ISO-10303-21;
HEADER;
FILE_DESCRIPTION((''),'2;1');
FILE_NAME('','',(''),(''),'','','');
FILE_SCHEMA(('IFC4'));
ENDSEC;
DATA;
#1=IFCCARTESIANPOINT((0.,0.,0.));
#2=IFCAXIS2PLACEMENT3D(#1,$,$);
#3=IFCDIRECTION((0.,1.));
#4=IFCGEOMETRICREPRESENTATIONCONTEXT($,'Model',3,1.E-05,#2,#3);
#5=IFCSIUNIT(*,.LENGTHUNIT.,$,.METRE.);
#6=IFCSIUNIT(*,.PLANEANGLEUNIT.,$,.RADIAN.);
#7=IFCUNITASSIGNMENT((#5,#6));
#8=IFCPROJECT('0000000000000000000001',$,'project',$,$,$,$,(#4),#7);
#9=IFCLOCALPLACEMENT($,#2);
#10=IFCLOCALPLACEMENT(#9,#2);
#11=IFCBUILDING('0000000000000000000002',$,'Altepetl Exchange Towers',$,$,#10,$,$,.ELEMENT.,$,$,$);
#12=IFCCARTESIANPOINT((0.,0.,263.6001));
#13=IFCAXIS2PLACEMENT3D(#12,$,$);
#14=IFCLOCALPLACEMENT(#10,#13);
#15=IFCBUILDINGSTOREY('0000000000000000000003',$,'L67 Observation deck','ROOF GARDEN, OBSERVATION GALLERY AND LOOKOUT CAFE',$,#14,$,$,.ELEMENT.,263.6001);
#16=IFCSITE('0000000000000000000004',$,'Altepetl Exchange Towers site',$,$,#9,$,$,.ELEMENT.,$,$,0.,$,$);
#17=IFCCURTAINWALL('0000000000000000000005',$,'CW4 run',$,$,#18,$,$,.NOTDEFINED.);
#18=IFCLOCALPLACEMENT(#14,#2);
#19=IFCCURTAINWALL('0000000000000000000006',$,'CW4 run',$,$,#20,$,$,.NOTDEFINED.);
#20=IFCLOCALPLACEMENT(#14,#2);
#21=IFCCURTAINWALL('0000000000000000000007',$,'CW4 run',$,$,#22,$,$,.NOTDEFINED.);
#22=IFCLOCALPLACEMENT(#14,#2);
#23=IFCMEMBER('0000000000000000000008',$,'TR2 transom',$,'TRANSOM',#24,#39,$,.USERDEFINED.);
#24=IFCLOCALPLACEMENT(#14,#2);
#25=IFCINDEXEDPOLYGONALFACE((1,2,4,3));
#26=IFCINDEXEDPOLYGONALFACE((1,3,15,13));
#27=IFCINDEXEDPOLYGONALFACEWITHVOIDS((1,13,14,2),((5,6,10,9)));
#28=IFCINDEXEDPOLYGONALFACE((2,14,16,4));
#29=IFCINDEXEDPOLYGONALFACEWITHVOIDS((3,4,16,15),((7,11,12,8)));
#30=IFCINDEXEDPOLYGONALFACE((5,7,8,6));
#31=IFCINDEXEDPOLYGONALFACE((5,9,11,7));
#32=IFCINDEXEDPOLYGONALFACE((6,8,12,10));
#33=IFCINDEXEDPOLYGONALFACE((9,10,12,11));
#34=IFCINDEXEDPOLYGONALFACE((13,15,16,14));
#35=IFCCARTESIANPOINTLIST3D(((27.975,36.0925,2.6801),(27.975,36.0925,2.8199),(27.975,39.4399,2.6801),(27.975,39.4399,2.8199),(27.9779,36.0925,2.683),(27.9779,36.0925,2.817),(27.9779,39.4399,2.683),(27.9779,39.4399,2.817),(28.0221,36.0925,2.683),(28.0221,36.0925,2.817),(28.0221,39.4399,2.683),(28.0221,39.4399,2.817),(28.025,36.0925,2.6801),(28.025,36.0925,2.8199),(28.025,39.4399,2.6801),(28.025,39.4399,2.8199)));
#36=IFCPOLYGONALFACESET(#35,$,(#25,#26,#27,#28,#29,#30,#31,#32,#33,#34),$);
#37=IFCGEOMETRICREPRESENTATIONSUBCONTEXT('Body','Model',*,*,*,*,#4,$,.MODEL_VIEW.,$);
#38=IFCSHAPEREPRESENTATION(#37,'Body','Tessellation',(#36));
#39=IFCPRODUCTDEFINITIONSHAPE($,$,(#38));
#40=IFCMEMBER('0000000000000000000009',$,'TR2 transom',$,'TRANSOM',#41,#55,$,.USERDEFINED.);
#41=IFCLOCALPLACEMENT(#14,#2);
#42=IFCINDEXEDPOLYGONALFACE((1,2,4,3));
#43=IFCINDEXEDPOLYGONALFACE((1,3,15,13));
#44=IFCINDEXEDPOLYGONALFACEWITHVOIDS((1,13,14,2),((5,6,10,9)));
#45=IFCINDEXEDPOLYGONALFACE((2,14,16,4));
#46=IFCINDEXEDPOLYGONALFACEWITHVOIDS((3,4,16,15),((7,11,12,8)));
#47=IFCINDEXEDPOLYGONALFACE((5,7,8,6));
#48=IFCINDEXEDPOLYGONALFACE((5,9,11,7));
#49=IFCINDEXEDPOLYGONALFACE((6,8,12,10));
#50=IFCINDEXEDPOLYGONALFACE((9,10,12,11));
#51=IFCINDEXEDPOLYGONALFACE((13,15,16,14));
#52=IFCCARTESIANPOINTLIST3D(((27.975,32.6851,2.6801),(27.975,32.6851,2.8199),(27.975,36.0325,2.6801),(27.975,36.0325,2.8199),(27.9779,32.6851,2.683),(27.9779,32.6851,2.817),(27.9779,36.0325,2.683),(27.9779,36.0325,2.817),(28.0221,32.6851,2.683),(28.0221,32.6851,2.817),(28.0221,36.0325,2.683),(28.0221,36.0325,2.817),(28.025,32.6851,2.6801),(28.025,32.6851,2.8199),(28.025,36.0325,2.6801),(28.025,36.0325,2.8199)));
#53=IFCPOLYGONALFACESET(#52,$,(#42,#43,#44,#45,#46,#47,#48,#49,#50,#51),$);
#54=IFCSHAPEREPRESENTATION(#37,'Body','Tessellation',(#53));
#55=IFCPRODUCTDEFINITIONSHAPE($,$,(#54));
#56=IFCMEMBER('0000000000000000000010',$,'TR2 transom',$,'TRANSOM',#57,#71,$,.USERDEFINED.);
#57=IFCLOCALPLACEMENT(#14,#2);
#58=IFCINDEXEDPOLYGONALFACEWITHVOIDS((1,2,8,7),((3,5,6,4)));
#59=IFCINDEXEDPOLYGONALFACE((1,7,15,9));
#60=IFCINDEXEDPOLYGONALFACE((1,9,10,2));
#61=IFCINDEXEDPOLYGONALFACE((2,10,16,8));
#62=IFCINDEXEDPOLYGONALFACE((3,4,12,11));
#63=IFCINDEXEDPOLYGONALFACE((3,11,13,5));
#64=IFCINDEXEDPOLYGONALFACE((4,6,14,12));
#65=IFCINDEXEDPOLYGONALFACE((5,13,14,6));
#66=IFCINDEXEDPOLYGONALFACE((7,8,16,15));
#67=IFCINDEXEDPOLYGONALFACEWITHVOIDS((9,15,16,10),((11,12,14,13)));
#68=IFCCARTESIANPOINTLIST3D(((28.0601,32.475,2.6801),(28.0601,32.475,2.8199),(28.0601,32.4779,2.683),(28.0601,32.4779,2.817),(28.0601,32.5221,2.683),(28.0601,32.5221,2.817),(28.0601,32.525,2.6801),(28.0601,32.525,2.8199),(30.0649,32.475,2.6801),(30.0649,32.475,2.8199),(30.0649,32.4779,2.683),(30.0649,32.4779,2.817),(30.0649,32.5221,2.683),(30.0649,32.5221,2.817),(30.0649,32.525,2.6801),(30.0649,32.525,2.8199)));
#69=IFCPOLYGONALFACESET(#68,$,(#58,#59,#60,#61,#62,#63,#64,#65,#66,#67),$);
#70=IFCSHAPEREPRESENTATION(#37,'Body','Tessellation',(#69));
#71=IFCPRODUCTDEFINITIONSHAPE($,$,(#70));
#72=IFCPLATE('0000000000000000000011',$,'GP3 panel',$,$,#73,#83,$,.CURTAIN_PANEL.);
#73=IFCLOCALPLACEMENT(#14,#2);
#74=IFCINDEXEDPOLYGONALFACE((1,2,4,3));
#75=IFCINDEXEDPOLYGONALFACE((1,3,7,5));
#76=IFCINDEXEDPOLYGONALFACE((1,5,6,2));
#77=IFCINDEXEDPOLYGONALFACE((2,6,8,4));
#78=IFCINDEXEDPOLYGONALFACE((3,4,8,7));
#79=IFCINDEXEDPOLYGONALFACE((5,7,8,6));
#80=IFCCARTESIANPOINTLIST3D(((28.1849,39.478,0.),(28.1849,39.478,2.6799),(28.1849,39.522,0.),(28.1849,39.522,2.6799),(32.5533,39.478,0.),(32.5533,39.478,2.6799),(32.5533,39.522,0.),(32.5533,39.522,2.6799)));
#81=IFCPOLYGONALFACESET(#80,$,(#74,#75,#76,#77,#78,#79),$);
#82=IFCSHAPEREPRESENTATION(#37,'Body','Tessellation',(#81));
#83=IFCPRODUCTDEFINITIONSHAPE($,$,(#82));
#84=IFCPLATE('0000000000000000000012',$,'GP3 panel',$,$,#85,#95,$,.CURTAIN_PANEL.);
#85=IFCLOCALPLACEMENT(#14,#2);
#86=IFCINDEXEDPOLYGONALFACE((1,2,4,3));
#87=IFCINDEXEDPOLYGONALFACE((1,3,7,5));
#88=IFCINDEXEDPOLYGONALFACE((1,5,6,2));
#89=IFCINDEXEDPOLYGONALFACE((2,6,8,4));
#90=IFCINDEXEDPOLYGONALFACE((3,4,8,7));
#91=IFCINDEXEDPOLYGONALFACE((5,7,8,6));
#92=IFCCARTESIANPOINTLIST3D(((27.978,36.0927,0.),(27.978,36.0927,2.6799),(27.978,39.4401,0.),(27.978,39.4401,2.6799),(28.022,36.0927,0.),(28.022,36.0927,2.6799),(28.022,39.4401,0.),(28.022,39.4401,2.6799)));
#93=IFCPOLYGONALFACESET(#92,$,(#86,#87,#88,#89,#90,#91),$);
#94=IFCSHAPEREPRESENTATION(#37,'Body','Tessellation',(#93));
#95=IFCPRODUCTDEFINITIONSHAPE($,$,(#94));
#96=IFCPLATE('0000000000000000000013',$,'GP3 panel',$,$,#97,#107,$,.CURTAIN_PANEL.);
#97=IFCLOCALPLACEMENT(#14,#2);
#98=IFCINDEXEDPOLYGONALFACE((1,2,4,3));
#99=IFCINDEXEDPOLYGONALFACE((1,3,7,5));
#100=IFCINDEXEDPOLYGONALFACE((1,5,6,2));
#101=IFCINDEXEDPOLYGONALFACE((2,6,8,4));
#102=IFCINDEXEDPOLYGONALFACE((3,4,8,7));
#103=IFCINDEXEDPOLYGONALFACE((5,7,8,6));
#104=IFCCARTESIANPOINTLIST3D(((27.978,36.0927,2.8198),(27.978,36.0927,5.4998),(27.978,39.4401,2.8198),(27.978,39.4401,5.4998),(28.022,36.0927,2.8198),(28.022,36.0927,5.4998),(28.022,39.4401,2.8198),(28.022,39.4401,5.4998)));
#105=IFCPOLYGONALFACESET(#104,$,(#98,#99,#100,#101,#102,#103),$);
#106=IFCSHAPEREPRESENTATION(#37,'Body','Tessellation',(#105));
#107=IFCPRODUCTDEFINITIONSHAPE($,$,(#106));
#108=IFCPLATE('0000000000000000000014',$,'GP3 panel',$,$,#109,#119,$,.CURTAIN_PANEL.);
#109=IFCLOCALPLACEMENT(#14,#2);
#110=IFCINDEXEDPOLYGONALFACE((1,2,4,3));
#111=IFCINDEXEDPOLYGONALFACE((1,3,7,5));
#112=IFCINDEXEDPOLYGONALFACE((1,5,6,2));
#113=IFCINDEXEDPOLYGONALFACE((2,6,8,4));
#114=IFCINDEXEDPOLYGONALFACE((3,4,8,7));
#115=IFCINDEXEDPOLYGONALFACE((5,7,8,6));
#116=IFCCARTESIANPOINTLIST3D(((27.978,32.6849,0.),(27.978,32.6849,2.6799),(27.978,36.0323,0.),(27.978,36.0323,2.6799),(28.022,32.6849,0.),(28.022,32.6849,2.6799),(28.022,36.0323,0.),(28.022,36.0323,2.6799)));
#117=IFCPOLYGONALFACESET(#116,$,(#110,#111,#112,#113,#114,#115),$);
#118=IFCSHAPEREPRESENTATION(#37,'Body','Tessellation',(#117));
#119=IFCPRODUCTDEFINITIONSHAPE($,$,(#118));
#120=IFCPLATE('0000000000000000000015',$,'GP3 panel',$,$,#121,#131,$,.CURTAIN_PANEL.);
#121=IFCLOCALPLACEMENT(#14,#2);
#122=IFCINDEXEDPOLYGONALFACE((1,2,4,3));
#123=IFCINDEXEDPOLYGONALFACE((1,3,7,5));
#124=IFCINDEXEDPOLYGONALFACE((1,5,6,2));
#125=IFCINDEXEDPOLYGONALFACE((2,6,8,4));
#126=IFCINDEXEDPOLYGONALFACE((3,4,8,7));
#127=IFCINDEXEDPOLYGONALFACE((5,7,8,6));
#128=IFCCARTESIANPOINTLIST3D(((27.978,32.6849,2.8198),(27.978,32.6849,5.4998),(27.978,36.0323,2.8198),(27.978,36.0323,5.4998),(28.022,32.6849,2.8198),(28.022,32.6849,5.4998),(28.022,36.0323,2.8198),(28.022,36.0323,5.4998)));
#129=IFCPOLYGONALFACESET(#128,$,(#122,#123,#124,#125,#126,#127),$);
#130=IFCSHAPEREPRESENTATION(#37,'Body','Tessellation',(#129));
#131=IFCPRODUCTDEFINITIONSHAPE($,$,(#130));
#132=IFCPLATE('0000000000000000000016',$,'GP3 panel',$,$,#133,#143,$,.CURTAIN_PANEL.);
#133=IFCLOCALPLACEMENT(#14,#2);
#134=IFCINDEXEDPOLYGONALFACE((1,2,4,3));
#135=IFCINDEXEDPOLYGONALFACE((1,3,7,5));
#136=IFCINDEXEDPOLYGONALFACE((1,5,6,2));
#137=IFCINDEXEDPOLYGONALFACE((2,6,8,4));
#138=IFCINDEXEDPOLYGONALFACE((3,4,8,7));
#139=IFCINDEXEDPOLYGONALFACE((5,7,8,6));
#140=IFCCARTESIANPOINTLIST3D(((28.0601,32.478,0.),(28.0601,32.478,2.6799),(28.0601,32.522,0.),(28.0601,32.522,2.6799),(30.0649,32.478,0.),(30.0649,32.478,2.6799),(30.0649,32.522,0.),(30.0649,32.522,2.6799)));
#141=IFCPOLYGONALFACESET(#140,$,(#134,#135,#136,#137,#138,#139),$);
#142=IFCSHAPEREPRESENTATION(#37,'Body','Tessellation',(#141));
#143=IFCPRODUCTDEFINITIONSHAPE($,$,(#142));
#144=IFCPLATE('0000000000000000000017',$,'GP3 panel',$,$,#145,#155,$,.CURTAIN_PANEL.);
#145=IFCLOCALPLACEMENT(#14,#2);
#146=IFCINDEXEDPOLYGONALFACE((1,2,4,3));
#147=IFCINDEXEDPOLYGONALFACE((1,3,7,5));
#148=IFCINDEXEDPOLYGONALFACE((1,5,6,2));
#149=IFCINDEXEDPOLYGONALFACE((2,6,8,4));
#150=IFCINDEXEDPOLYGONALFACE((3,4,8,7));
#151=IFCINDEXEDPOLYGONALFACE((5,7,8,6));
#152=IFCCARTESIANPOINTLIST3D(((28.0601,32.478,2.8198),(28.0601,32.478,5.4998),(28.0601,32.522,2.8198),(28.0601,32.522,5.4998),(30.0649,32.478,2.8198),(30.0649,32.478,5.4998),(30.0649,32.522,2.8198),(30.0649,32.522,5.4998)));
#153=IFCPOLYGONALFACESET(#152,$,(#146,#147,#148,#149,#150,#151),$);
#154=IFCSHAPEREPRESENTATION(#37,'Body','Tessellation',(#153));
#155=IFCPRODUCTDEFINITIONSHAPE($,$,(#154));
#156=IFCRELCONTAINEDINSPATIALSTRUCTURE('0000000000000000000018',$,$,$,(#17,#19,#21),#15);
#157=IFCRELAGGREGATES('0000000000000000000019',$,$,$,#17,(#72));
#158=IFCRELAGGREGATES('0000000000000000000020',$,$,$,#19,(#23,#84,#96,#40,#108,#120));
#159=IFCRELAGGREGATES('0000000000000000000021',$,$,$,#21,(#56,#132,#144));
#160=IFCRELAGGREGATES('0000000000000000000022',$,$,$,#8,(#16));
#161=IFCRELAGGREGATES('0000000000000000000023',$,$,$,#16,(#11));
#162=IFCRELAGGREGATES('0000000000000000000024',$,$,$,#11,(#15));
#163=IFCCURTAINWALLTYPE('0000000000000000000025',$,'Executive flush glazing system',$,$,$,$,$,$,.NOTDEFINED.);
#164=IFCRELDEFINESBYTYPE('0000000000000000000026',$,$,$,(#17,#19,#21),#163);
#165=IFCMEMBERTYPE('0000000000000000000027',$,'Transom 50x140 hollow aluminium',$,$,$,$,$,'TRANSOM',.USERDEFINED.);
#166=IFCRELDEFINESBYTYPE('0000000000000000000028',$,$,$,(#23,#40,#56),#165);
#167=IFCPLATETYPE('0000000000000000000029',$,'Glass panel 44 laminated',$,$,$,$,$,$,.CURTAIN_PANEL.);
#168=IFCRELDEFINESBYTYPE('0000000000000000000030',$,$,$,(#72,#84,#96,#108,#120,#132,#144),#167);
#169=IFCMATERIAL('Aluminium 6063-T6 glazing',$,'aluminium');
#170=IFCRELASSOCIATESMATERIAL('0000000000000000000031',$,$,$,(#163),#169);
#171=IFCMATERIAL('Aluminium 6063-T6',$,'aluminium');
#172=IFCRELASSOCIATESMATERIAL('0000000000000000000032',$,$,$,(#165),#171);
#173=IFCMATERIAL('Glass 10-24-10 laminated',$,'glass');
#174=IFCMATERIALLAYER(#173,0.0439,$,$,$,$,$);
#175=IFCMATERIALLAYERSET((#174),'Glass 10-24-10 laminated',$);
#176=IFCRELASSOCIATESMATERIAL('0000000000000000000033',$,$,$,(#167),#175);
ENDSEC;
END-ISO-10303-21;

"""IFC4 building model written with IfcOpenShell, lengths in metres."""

from ifc_helpers import new_model, si_unit, direction, frame, origin, origin_2d, place, context, subcontext, project, spatial, rectangle, hollow_rectangle, extrude, material, layer, layer_set, material_profile, profile_set, type_object, element, aggregate, save


model = new_model("IFC4")

# Units and contexts
model_context = context("Model", 3, precision=1e-05, world=origin(), true_north=direction((0.0, 1.0)))
body_context = subcontext(model_context, "Body", "Model", "MODEL_VIEW")
ifc_project = project(units=[si_unit("LENGTHUNIT", "METRE"), si_unit("PLANEANGLEUNIT", "RADIAN")], contexts=[model_context])

# Site, building, storey
site_placement = place(None, origin())
site = spatial("IfcSite", under=ifc_project, at=site_placement, Name="Altepetl Exchange Towers site", CompositionType="ELEMENT", RefElevation=0.0)
building_placement = place(site_placement, origin())
building = spatial("IfcBuilding", under=site, at=building_placement, Name="Altepetl Exchange Towers", CompositionType="ELEMENT")
storey_placement = place(building_placement, frame((0.0, 0.0, 263.6001)))
storey = spatial("IfcBuildingStorey", under=building, at=storey_placement, Name="L67 Observation deck", Description="ROOF GARDEN, OBSERVATION GALLERY AND LOOKOUT CAFE", CompositionType="ELEMENT", Elevation=263.6001)

# Curtain wall
ifc_material_1 = material(Name="Aluminium 6063-T6 glazing", Category="aluminium")
curtain_wall_type = type_object("IfcCurtainWallType", Name="Executive flush glazing system", PredefinedType="NOTDEFINED", material=ifc_material_1)
curtain_wall_1_placement = place(storey_placement, origin())
curtain_wall_1 = element("IfcCurtainWall", 1, at=curtain_wall_1_placement, inside=storey, type_object=curtain_wall_type, Name="CW4 run", PredefinedType="NOTDEFINED")
ifc_material_2 = material(Name="Aluminium 6063-T6", Category="aluminium")

# Curtain walls
curtain_wall_2_placement = place(storey_placement, origin())
curtain_wall_2 = element("IfcCurtainWall", 2, at=curtain_wall_2_placement, inside=storey, type_object=curtain_wall_type, Name="CW4 run", PredefinedType="NOTDEFINED")
curtain_wall_3_placement = place(storey_placement, origin())
curtain_wall_3 = element("IfcCurtainWall", 3, at=curtain_wall_3_placement, inside=storey, type_object=curtain_wall_type, Name="CW4 run", PredefinedType="NOTDEFINED")

# Members
ifc_material_profile_1 = material_profile(ifc_material_2, hollow_rectangle(XDim=0.05, YDim=0.1399, WallThickness=0.0029, at=origin_2d()), Name="Transom 50x140 hollow aluminium")
ifc_profile_set_1 = profile_set([ifc_material_profile_1], Name="Aluminium 6063-T6")
member_type_1 = type_object("IfcMemberType", Name="Transom 50x140 hollow aluminium", ElementType="TRANSOM", PredefinedType="USERDEFINED", material=ifc_profile_set_1)
member_1_placement = place(storey_placement, frame((28.0, 39.4399, 2.75), z_axis=(0.0, -1.0, 0.0), x_axis=(1.0, 0.0, 0.0)))
member_1 = element("IfcMember", 4, at=member_1_placement, type_object=member_type_1, Name="TR2 transom", ObjectType="TRANSOM", PredefinedType="USERDEFINED", context=body_context, shape_type="SweptSolid", body=[
    extrude(hollow_rectangle(XDim=0.05, YDim=0.1399, WallThickness=0.0029, at=origin_2d()), origin(), (0.0, 0.0, 1.0), 3.3474),
])
member_2_placement = place(storey_placement, frame((28.0, 36.0325, 2.75), z_axis=(0.0, -1.0, 0.0), x_axis=(1.0, 0.0, 0.0)))
member_2 = element("IfcMember", 5, at=member_2_placement, type_object=member_type_1, Name="TR2 transom", ObjectType="TRANSOM", PredefinedType="USERDEFINED", context=body_context, shape_type="SweptSolid", body=[
    extrude(hollow_rectangle(XDim=0.05, YDim=0.1399, WallThickness=0.0029, at=origin_2d()), origin(), (0.0, 0.0, 1.0), 3.3474),
])
member_3_placement = place(storey_placement, frame((28.0601, 32.5, 2.75), z_axis=(1.0, 0.0, 0.0), x_axis=(0.0, 1.0, 0.0)))
member_3 = element("IfcMember", 6, at=member_3_placement, type_object=member_type_1, Name="TR2 transom", ObjectType="TRANSOM", PredefinedType="USERDEFINED", context=body_context, shape_type="SweptSolid", body=[
    extrude(hollow_rectangle(XDim=0.05, YDim=0.1399, WallThickness=0.0029, at=origin_2d()), origin(), (0.0, 0.0, 1.0), 2.0049),
])

# Plates
ifc_material_3 = material(Name="Glass 10-24-10 laminated", Category="glass")
ifc_layer = layer(ifc_material_3, 0.0439)
ifc_layer_set = layer_set([ifc_layer], Name="Glass 10-24-10 laminated")
plate_type = type_object("IfcPlateType", Name="Glass panel 44 laminated", PredefinedType="CURTAIN_PANEL", material=ifc_layer_set)
plate_1_placement = place(storey_placement, frame((30.3691, 39.5, 0.0), z_axis=(0.0, 0.0, 1.0), x_axis=(-1.0, 0.0, 0.0)))
plate_1 = element("IfcPlate", 7, at=plate_1_placement, type_object=plate_type, Name="GP3 panel", PredefinedType="CURTAIN_PANEL", context=body_context, shape_type="SweptSolid", body=[
    extrude(rectangle(XDim=4.3684, YDim=0.0439, at=origin_2d()), origin(), (0.0, 0.0, 1.0), 2.6799),
])
aggregate(curtain_wall_1, [plate_1])
plate_2_placement = place(storey_placement, frame((28.0, 37.7664, 0.0), z_axis=(0.0, 0.0, 1.0), x_axis=(0.0, -1.0, 0.0)))
plate_2 = element("IfcPlate", 8, at=plate_2_placement, type_object=plate_type, Name="GP3 panel", PredefinedType="CURTAIN_PANEL", context=body_context, shape_type="SweptSolid", body=[
    extrude(rectangle(XDim=3.3474, YDim=0.0439, at=origin_2d()), origin(), (0.0, 0.0, 1.0), 2.6799),
])
plate_3_placement = place(storey_placement, frame((28.0, 37.7664, 2.8198), z_axis=(0.0, 0.0, 1.0), x_axis=(0.0, -1.0, 0.0)))
plate_3 = element("IfcPlate", 9, at=plate_3_placement, type_object=plate_type, Name="GP3 panel", PredefinedType="CURTAIN_PANEL", context=body_context, shape_type="SweptSolid", body=[
    extrude(rectangle(XDim=3.3474, YDim=0.0439, at=origin_2d()), origin(), (0.0, 0.0, 1.0), 2.6799),
])
plate_4_placement = place(storey_placement, frame((28.0, 34.3586, 0.0), z_axis=(0.0, 0.0, 1.0), x_axis=(0.0, -1.0, 0.0)))
plate_4 = element("IfcPlate", 10, at=plate_4_placement, type_object=plate_type, Name="GP3 panel", PredefinedType="CURTAIN_PANEL", context=body_context, shape_type="SweptSolid", body=[
    extrude(rectangle(XDim=3.3474, YDim=0.0439, at=origin_2d()), origin(), (0.0, 0.0, 1.0), 2.6799),
])
plate_5_placement = place(storey_placement, frame((28.0, 34.3586, 2.8198), z_axis=(0.0, 0.0, 1.0), x_axis=(0.0, -1.0, 0.0)))
plate_5 = element("IfcPlate", 11, at=plate_5_placement, type_object=plate_type, Name="GP3 panel", PredefinedType="CURTAIN_PANEL", context=body_context, shape_type="SweptSolid", body=[
    extrude(rectangle(XDim=3.3474, YDim=0.0439, at=origin_2d()), origin(), (0.0, 0.0, 1.0), 2.6799),
])
aggregate(curtain_wall_2, [member_1, plate_2, plate_3, member_2, plate_4, plate_5])
plate_6_placement = place(storey_placement, frame((29.0625, 32.5, 0.0)))
plate_6 = element("IfcPlate", 12, at=plate_6_placement, type_object=plate_type, Name="GP3 panel", PredefinedType="CURTAIN_PANEL", context=body_context, shape_type="SweptSolid", body=[
    extrude(rectangle(XDim=2.0049, YDim=0.0439, at=origin_2d()), origin(), (0.0, 0.0, 1.0), 2.6799),
])
plate_7_placement = place(storey_placement, frame((29.0625, 32.5, 2.8198)))
plate_7 = element("IfcPlate", 13, at=plate_7_placement, type_object=plate_type, Name="GP3 panel", PredefinedType="CURTAIN_PANEL", context=body_context, shape_type="SweptSolid", body=[
    extrude(rectangle(XDim=2.0049, YDim=0.0439, at=origin_2d()), origin(), (0.0, 0.0, 1.0), 2.6799),
])
aggregate(curtain_wall_3, [member_3, plate_6, plate_7])

save(model, "model.ifc")
